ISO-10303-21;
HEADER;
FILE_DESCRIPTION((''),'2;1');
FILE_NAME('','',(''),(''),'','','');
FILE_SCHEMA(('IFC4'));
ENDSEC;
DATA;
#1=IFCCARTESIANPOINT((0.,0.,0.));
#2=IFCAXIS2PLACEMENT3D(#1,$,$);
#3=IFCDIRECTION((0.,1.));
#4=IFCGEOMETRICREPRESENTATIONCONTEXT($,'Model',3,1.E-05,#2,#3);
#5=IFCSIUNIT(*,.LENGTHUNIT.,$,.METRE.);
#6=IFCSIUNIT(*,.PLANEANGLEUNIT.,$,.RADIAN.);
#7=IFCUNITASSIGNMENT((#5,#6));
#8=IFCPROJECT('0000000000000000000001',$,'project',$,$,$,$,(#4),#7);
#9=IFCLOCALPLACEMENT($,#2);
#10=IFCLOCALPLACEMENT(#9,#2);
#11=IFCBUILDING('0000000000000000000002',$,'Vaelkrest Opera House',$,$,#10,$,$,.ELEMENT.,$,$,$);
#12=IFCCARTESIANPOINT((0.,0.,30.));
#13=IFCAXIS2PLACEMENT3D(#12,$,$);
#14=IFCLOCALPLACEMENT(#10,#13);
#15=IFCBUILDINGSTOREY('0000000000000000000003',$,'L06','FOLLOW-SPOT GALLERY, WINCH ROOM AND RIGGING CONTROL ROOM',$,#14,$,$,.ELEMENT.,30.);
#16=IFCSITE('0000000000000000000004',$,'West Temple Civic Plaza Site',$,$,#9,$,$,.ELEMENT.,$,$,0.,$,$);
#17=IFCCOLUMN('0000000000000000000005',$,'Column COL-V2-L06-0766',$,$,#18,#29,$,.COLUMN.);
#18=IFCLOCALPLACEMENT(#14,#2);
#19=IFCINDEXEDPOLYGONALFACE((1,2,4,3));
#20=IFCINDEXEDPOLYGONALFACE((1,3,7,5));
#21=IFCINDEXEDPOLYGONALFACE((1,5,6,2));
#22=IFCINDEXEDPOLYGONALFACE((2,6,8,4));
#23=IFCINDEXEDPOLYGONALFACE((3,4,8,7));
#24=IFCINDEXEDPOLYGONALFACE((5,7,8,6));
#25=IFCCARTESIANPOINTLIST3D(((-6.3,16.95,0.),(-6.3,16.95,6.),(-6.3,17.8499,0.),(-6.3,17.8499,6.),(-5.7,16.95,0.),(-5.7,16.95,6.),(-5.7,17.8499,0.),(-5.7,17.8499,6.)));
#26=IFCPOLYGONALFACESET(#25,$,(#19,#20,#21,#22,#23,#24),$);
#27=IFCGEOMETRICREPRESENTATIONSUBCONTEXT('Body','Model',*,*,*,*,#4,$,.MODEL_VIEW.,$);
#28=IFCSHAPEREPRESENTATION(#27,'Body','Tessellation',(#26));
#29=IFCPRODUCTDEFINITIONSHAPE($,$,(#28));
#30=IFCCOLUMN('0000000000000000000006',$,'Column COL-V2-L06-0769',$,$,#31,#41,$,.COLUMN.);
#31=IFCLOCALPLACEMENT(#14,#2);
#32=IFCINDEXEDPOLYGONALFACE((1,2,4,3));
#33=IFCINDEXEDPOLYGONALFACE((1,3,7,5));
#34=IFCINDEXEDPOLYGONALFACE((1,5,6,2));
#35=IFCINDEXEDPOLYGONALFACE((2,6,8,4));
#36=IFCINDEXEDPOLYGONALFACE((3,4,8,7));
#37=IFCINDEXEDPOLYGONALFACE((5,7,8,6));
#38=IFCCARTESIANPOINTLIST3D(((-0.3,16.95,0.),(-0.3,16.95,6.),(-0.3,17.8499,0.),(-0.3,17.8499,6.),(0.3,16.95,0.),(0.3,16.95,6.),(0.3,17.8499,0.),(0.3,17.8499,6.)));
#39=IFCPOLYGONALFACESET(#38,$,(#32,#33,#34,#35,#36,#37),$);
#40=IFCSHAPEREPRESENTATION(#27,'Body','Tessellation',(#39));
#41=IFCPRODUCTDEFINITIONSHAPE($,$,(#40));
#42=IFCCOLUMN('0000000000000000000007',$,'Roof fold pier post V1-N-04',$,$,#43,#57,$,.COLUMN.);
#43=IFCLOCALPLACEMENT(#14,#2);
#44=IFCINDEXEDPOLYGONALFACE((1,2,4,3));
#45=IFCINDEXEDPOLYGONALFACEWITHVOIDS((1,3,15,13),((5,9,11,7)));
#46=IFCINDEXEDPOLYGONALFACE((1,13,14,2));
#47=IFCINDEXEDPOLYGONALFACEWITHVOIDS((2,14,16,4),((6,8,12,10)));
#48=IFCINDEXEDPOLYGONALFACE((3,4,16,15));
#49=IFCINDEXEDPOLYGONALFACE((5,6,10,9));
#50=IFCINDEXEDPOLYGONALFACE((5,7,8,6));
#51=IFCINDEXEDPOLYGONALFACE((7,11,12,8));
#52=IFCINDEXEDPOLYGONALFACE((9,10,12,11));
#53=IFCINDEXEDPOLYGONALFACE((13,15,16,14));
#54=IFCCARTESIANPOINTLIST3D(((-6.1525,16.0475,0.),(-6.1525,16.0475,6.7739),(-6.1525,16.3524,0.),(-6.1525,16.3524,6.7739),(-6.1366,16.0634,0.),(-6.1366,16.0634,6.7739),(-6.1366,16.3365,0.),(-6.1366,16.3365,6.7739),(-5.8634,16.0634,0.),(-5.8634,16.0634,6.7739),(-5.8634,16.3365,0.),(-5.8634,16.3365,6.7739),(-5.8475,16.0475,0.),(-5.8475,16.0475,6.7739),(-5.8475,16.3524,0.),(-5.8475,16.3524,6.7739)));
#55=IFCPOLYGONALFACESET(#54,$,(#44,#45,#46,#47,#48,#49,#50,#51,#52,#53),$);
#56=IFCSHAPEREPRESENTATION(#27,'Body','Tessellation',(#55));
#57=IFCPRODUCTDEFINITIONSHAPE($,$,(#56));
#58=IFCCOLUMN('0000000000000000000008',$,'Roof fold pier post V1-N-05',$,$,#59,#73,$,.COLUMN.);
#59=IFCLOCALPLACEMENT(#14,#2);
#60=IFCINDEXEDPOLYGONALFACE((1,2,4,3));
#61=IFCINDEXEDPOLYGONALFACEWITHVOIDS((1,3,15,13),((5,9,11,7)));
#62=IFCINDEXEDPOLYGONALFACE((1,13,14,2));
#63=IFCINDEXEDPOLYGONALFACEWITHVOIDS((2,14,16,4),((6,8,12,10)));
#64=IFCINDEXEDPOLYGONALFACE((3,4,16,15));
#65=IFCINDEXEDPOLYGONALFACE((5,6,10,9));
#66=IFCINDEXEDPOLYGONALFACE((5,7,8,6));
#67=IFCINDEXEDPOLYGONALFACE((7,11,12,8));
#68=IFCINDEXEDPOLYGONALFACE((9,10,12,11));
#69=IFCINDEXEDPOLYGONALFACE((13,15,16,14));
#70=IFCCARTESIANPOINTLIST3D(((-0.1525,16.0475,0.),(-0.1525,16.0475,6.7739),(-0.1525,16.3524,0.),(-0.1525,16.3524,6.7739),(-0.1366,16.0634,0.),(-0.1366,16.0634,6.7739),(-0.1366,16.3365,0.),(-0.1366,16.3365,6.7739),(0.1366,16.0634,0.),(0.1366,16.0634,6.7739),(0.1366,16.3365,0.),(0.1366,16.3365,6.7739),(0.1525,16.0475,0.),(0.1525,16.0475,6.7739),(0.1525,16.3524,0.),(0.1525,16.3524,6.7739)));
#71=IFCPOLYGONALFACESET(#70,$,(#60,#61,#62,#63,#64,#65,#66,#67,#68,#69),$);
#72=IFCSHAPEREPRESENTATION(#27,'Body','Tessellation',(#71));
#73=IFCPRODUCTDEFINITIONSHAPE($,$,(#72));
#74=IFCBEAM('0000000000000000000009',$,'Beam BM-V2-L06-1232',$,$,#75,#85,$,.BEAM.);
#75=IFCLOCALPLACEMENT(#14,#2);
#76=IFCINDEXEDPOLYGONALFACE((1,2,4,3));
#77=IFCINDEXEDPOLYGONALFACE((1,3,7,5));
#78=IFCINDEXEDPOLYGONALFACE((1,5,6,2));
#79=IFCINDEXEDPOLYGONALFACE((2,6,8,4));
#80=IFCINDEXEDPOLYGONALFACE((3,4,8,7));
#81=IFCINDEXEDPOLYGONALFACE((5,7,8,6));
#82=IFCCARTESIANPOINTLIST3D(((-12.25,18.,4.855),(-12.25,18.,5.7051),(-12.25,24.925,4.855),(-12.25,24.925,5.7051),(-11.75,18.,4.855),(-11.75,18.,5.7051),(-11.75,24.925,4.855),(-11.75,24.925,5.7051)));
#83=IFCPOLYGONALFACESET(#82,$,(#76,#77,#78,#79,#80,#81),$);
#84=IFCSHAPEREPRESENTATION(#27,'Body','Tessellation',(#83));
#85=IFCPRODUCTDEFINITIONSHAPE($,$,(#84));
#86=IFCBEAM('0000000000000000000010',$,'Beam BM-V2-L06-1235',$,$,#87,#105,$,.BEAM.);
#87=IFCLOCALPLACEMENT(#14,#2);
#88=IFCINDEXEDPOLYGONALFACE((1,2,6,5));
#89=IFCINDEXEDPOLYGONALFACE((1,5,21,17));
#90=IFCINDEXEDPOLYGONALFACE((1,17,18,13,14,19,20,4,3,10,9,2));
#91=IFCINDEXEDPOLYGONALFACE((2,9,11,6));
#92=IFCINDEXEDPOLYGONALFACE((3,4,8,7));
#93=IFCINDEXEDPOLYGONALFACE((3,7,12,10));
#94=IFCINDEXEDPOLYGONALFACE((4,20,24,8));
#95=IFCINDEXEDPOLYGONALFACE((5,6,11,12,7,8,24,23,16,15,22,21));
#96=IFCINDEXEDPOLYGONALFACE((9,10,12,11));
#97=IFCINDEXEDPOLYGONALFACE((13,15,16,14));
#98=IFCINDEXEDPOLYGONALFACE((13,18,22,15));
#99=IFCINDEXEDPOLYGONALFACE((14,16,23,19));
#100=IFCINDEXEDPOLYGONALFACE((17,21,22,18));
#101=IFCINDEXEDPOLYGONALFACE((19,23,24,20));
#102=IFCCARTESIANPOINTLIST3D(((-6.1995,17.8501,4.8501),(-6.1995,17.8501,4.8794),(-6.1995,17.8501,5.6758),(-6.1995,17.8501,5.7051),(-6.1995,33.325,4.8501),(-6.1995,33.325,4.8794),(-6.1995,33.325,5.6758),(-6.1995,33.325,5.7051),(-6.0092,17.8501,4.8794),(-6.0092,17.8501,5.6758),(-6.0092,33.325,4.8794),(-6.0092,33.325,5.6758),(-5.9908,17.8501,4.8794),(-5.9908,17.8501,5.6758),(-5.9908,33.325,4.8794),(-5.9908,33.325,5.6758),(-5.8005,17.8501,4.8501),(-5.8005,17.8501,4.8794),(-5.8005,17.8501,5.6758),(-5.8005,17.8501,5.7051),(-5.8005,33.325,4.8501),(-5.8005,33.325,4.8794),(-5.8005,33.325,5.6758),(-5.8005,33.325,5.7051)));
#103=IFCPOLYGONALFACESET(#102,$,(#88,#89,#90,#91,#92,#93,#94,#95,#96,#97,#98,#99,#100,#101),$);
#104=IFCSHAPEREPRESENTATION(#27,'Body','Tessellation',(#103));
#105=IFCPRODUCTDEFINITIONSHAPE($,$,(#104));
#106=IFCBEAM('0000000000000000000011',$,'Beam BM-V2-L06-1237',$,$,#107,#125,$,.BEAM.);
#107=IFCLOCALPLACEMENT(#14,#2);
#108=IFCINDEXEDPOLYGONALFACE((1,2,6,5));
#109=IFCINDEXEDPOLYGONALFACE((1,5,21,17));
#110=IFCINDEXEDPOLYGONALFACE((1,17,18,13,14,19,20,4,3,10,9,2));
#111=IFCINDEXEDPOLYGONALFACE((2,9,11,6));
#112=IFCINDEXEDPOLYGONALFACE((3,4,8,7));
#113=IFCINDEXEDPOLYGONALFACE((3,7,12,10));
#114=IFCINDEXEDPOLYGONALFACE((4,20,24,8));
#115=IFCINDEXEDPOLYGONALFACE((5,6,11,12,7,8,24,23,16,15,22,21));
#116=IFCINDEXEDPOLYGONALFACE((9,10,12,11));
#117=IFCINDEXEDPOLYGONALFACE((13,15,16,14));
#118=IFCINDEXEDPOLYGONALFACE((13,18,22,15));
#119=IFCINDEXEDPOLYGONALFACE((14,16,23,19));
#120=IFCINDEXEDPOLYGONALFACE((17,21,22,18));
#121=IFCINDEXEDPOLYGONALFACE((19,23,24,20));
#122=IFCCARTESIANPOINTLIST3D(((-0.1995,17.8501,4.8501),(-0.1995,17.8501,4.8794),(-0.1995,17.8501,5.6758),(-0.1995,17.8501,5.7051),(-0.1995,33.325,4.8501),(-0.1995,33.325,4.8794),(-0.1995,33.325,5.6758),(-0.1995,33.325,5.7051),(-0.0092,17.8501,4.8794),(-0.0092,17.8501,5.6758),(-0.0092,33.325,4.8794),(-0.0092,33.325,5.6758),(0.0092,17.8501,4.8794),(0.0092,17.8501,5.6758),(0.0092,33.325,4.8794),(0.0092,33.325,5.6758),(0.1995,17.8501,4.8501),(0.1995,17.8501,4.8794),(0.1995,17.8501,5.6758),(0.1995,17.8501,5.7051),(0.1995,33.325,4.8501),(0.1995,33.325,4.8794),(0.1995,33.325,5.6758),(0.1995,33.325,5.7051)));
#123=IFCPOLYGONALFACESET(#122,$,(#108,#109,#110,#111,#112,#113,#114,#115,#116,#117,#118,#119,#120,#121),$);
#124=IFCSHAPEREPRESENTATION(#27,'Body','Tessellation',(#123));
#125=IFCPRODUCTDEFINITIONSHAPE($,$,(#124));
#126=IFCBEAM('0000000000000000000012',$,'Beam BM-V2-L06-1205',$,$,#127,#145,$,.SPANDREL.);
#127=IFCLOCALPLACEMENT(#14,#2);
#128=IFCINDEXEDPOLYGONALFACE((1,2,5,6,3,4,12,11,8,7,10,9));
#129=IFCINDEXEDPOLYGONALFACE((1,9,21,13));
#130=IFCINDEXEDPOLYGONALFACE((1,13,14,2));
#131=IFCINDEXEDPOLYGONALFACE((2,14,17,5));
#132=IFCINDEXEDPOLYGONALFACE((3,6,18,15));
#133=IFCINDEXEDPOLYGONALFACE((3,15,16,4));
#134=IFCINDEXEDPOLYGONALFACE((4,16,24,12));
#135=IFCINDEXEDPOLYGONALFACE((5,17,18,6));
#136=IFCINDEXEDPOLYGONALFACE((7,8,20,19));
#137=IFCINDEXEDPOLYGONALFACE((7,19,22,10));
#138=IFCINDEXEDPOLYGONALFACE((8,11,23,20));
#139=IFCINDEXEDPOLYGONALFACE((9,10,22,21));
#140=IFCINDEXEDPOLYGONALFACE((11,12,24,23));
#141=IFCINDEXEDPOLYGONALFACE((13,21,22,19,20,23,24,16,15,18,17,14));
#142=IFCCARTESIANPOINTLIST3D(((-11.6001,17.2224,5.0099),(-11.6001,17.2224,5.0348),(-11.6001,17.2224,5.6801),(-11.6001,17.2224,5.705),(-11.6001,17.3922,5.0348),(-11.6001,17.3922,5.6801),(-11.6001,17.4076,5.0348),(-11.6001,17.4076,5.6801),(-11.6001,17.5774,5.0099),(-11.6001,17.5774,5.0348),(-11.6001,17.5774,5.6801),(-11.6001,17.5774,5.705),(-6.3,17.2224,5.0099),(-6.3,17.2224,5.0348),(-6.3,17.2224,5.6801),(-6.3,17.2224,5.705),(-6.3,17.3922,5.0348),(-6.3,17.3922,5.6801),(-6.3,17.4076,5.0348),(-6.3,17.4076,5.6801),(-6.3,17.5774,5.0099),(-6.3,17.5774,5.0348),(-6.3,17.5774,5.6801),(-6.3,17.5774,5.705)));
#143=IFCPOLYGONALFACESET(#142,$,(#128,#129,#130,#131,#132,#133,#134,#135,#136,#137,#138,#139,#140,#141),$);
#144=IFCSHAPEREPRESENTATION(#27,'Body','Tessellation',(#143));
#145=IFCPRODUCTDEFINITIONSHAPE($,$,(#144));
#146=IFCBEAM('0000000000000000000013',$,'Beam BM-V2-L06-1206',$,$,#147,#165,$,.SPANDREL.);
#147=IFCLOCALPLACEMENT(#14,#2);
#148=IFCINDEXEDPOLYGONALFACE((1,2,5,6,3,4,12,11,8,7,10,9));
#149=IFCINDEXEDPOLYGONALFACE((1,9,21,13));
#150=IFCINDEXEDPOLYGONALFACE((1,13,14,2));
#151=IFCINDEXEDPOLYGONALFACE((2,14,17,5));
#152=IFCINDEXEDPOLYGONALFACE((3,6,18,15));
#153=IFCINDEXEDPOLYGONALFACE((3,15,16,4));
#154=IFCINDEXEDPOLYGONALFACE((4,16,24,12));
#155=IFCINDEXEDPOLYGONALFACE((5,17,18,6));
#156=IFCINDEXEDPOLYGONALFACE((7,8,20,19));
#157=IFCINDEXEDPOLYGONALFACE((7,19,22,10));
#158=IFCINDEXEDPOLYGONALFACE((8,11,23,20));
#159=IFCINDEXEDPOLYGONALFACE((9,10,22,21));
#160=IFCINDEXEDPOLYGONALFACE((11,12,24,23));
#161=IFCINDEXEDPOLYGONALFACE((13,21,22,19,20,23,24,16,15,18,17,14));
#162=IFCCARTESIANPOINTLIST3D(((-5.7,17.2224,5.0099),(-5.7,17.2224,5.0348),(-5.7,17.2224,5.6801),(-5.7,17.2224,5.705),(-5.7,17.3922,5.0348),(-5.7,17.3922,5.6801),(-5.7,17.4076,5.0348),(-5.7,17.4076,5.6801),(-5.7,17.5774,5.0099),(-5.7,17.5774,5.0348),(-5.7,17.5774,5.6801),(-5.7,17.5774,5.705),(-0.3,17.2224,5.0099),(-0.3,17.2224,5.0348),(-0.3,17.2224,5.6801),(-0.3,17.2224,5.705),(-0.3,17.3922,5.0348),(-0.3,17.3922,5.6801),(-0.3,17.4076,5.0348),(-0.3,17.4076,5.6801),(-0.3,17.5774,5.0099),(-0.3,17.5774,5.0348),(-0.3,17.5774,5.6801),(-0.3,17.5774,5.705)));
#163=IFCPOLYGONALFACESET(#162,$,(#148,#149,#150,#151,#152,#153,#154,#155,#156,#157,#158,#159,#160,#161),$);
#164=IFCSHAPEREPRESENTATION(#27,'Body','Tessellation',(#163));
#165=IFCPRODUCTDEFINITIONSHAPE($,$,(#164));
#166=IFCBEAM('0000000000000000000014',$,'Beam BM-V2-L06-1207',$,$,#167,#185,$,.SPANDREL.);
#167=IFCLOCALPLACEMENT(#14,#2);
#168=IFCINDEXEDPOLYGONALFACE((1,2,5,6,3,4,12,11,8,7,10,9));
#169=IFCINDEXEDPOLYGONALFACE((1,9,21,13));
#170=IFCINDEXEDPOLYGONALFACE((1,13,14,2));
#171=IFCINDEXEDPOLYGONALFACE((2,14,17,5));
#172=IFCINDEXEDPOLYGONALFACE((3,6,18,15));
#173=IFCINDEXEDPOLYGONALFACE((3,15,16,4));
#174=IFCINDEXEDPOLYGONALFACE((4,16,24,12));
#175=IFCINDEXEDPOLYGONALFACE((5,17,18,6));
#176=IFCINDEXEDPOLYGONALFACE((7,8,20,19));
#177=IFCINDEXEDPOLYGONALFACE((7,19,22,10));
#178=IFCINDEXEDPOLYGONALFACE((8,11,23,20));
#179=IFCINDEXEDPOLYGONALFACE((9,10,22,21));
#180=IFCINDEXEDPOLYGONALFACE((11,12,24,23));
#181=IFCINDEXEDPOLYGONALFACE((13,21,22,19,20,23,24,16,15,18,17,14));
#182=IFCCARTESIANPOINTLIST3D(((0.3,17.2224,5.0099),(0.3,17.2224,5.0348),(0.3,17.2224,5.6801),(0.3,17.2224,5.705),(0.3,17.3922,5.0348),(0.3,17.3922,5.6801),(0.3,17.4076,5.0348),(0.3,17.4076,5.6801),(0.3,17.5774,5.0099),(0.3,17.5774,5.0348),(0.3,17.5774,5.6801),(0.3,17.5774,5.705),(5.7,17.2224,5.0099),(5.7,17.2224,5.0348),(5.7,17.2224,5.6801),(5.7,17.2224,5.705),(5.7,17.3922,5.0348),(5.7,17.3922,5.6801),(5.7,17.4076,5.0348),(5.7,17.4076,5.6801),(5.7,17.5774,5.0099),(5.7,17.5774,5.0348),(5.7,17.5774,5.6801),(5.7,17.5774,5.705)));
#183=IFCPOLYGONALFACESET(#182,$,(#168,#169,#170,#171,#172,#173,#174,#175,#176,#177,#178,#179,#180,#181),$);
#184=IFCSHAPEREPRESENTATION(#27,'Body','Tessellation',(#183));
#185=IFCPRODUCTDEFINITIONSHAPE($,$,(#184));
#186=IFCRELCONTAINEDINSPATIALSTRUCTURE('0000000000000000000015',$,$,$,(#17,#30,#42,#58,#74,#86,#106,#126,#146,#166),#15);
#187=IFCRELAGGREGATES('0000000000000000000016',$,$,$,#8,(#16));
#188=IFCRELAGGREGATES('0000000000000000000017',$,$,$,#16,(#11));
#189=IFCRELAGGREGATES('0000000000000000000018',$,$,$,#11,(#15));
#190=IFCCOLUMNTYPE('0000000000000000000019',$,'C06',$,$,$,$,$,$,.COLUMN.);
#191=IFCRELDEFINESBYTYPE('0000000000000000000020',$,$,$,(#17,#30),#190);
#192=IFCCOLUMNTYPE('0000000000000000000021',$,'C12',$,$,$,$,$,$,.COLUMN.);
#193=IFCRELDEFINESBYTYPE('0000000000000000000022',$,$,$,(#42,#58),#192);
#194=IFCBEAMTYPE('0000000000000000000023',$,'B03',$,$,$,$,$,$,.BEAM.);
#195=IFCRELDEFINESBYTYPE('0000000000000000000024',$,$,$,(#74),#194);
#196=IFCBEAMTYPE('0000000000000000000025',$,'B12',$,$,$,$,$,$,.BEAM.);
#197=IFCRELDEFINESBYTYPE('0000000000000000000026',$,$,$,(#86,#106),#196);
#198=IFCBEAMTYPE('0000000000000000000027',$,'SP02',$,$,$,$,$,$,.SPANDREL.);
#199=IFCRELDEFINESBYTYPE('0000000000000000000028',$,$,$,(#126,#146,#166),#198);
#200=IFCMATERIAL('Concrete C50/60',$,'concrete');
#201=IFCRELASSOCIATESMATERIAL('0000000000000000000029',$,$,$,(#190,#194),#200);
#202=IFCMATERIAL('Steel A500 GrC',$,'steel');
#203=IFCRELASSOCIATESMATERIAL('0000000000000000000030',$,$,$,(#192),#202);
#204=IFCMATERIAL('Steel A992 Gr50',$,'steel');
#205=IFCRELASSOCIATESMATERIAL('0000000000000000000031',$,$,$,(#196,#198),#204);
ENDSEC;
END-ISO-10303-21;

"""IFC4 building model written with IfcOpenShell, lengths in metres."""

from ifc_helpers import new_model, si_unit, direction, frame, origin, origin_2d, place, context, subcontext, project, spatial, rectangle, hollow_rectangle, i_section, extrude, material, material_profile, profile_set, type_object, element, save


model = new_model("IFC4")

# Units and contexts
model_context = context("Model", 3, precision=1e-05, world=origin(), true_north=direction((0.0, 1.0)))
body_context = subcontext(model_context, "Body", "Model", "MODEL_VIEW")
ifc_project = project(units=[si_unit("LENGTHUNIT", "METRE"), si_unit("PLANEANGLEUNIT", "RADIAN")], contexts=[model_context])

# Site, building, storey
site_placement = place(None, origin())
site = spatial("IfcSite", under=ifc_project, at=site_placement, Name="West Temple Civic Plaza Site", CompositionType="ELEMENT", RefElevation=0.0)
building_placement = place(site_placement, origin())
building = spatial("IfcBuilding", under=site, at=building_placement, Name="Vaelkrest Opera House", CompositionType="ELEMENT")
storey_placement = place(building_placement, frame((0.0, 0.0, 30.0)))
storey = spatial("IfcBuildingStorey", under=building, at=storey_placement, Name="L06", Description="FOLLOW-SPOT GALLERY, WINCH ROOM AND RIGGING CONTROL ROOM", CompositionType="ELEMENT", Elevation=30.0)

# Columns
ifc_material_1 = material(Name="Concrete C50/60", Category="concrete")
ifc_material_profile_1 = material_profile(ifc_material_1, rectangle(XDim=0.6001, YDim=0.8999, at=origin_2d()), Name="RC600X900")
ifc_profile_set_1 = profile_set([ifc_material_profile_1], Name="Concrete C50/60")
column_type_1 = type_object("IfcColumnType", Name="C06", PredefinedType="COLUMN", material=ifc_profile_set_1)
for number, where, z_axis, x_axis, name in (
    (1, (-6.0, 17.3999, 0.0), (0.0, 0.0, 1.0), (1.0, 0.0, 0.0), "Column COL-V2-L06-0766"),
    (2, (0.0, 17.3999, 0.0), (0.0, 0.0, 1.0), (1.0, 0.0, 0.0), "Column COL-V2-L06-0769"),
):
    element("IfcColumn", number, at=place(storey_placement, frame(where, z_axis=z_axis, x_axis=x_axis)), inside=storey, type_object=column_type_1, Name=name, PredefinedType="COLUMN", context=body_context, shape_type="SweptSolid", body=[
        extrude(rectangle(XDim=0.6001, YDim=0.8999, at=origin_2d()), origin(), (0.0, 0.0, 1.0), 6.0),
    ])
ifc_material_2 = material(Name="Steel A500 GrC", Category="steel")
ifc_material_profile_2 = material_profile(ifc_material_2, hollow_rectangle(XDim=0.3049, YDim=0.3049, WallThickness=0.0159, at=origin_2d()), Name="HSS305X305X15.9")
ifc_profile_set_2 = profile_set([ifc_material_profile_2], Name="Steel A500 GrC")
column_type_2 = type_object("IfcColumnType", Name="C12", PredefinedType="COLUMN", material=ifc_profile_set_2)
for number, where, z_axis, x_axis, name in (
    (3, (-6.0, 16.2, 0.0), (0.0, 0.0, 1.0), (1.0, 0.0, 0.0), "Roof fold pier post V1-N-04"),
    (4, (0.0, 16.2, 0.0), (0.0, 0.0, 1.0), (1.0, 0.0, 0.0), "Roof fold pier post V1-N-05"),
):
    element("IfcColumn", number, at=place(storey_placement, frame(where, z_axis=z_axis, x_axis=x_axis)), inside=storey, type_object=column_type_2, Name=name, PredefinedType="COLUMN", context=body_context, shape_type="SweptSolid", body=[
        extrude(hollow_rectangle(XDim=0.3049, YDim=0.3049, WallThickness=0.0159, at=origin_2d()), origin(), (0.0, 0.0, 1.0), 6.7739),
    ])

# Beams
ifc_material_profile_3 = material_profile(ifc_material_1, rectangle(XDim=0.5, YDim=0.8501, at=origin_2d()), Name="RCB500X850")
ifc_profile_set_3 = profile_set([ifc_material_profile_3], Name="Concrete C50/60")
beam_type_1 = type_object("IfcBeamType", Name="B03", PredefinedType="BEAM", material=ifc_profile_set_3)
beam_1_placement = place(storey_placement, frame((-12.0, 18.0, 5.28), z_axis=(0.0, 1.0, 0.0), x_axis=(-1.0, 0.0, 0.0)))
element("IfcBeam", 5, at=beam_1_placement, inside=storey, type_object=beam_type_1, Name="Beam BM-V2-L06-1232", PredefinedType="BEAM", context=body_context, shape_type="SweptSolid", body=[
    extrude(rectangle(XDim=0.5, YDim=0.8501, at=origin_2d()), origin(), (0.0, 0.0, 1.0), 6.925),
])
ifc_material_3 = material(Name="Steel A992 Gr50", Category="steel")
ifc_material_profile_4 = material_profile(ifc_material_3, i_section(OverallWidth=0.3989, OverallDepth=0.855, WebThickness=0.0183, FlangeThickness=0.0293, at=origin_2d()), Name="W33X201")
ifc_profile_set_4 = profile_set([ifc_material_profile_4], Name="Steel A992 Gr50")
beam_type_2 = type_object("IfcBeamType", Name="B12", PredefinedType="BEAM", material=ifc_profile_set_4)
for number, where, z_axis, x_axis, name in (
    (6, (-6.0, 17.8501, 5.2776), (0.0, 1.0, 0.0), (-1.0, 0.0, 0.0), "Beam BM-V2-L06-1235"),
    (7, (0.0, 17.8501, 5.2776), (0.0, 1.0, 0.0), (-1.0, 0.0, 0.0), "Beam BM-V2-L06-1237"),
):
    element("IfcBeam", number, at=place(storey_placement, frame(where, z_axis=z_axis, x_axis=x_axis)), inside=storey, type_object=beam_type_2, Name=name, PredefinedType="BEAM", context=body_context, shape_type="SweptSolid", body=[
        extrude(i_section(OverallWidth=0.3989, OverallDepth=0.855, WebThickness=0.0183, FlangeThickness=0.0293, at=origin_2d()), origin(), (0.0, 0.0, 1.0), 15.4749),
    ])
ifc_material_profile_5 = material_profile(ifc_material_3, i_section(OverallWidth=0.355, OverallDepth=0.6951, WebThickness=0.0154, FlangeThickness=0.0249, at=origin_2d()), Name="W27X146")
ifc_profile_set_5 = profile_set([ifc_material_profile_5], Name="Steel A992 Gr50")
beam_type_3 = type_object("IfcBeamType", Name="SP02", PredefinedType="SPANDREL", material=ifc_profile_set_5)
beam_2_placement = place(storey_placement, frame((-11.6001, 17.3999, 5.3574), z_axis=(1.0, 0.0, 0.0), x_axis=(0.0, 1.0, 0.0)))
element("IfcBeam", 8, at=beam_2_placement, inside=storey, type_object=beam_type_3, Name="Beam BM-V2-L06-1205", PredefinedType="SPANDREL", context=body_context, shape_type="SweptSolid", body=[
    extrude(i_section(OverallWidth=0.355, OverallDepth=0.6951, WebThickness=0.0154, FlangeThickness=0.0249, at=origin_2d()), origin(), (0.0, 0.0, 1.0), 5.3),
])
for number, where, z_axis, x_axis, name in (
    (9, (-5.7, 17.3999, 5.3574), (1.0, 0.0, 0.0), (0.0, 1.0, 0.0), "Beam BM-V2-L06-1206"),
    (10, (0.3, 17.3999, 5.3574), (1.0, 0.0, 0.0), (0.0, 1.0, 0.0), "Beam BM-V2-L06-1207"),
):
    element("IfcBeam", number, at=place(storey_placement, frame(where, z_axis=z_axis, x_axis=x_axis)), inside=storey, type_object=beam_type_3, Name=name, PredefinedType="SPANDREL", context=body_context, shape_type="SweptSolid", body=[
        extrude(i_section(OverallWidth=0.355, OverallDepth=0.6951, WebThickness=0.0154, FlangeThickness=0.0249, at=origin_2d()), origin(), (0.0, 0.0, 1.0), 5.3999),
    ])

save(model, "model.ifc")
